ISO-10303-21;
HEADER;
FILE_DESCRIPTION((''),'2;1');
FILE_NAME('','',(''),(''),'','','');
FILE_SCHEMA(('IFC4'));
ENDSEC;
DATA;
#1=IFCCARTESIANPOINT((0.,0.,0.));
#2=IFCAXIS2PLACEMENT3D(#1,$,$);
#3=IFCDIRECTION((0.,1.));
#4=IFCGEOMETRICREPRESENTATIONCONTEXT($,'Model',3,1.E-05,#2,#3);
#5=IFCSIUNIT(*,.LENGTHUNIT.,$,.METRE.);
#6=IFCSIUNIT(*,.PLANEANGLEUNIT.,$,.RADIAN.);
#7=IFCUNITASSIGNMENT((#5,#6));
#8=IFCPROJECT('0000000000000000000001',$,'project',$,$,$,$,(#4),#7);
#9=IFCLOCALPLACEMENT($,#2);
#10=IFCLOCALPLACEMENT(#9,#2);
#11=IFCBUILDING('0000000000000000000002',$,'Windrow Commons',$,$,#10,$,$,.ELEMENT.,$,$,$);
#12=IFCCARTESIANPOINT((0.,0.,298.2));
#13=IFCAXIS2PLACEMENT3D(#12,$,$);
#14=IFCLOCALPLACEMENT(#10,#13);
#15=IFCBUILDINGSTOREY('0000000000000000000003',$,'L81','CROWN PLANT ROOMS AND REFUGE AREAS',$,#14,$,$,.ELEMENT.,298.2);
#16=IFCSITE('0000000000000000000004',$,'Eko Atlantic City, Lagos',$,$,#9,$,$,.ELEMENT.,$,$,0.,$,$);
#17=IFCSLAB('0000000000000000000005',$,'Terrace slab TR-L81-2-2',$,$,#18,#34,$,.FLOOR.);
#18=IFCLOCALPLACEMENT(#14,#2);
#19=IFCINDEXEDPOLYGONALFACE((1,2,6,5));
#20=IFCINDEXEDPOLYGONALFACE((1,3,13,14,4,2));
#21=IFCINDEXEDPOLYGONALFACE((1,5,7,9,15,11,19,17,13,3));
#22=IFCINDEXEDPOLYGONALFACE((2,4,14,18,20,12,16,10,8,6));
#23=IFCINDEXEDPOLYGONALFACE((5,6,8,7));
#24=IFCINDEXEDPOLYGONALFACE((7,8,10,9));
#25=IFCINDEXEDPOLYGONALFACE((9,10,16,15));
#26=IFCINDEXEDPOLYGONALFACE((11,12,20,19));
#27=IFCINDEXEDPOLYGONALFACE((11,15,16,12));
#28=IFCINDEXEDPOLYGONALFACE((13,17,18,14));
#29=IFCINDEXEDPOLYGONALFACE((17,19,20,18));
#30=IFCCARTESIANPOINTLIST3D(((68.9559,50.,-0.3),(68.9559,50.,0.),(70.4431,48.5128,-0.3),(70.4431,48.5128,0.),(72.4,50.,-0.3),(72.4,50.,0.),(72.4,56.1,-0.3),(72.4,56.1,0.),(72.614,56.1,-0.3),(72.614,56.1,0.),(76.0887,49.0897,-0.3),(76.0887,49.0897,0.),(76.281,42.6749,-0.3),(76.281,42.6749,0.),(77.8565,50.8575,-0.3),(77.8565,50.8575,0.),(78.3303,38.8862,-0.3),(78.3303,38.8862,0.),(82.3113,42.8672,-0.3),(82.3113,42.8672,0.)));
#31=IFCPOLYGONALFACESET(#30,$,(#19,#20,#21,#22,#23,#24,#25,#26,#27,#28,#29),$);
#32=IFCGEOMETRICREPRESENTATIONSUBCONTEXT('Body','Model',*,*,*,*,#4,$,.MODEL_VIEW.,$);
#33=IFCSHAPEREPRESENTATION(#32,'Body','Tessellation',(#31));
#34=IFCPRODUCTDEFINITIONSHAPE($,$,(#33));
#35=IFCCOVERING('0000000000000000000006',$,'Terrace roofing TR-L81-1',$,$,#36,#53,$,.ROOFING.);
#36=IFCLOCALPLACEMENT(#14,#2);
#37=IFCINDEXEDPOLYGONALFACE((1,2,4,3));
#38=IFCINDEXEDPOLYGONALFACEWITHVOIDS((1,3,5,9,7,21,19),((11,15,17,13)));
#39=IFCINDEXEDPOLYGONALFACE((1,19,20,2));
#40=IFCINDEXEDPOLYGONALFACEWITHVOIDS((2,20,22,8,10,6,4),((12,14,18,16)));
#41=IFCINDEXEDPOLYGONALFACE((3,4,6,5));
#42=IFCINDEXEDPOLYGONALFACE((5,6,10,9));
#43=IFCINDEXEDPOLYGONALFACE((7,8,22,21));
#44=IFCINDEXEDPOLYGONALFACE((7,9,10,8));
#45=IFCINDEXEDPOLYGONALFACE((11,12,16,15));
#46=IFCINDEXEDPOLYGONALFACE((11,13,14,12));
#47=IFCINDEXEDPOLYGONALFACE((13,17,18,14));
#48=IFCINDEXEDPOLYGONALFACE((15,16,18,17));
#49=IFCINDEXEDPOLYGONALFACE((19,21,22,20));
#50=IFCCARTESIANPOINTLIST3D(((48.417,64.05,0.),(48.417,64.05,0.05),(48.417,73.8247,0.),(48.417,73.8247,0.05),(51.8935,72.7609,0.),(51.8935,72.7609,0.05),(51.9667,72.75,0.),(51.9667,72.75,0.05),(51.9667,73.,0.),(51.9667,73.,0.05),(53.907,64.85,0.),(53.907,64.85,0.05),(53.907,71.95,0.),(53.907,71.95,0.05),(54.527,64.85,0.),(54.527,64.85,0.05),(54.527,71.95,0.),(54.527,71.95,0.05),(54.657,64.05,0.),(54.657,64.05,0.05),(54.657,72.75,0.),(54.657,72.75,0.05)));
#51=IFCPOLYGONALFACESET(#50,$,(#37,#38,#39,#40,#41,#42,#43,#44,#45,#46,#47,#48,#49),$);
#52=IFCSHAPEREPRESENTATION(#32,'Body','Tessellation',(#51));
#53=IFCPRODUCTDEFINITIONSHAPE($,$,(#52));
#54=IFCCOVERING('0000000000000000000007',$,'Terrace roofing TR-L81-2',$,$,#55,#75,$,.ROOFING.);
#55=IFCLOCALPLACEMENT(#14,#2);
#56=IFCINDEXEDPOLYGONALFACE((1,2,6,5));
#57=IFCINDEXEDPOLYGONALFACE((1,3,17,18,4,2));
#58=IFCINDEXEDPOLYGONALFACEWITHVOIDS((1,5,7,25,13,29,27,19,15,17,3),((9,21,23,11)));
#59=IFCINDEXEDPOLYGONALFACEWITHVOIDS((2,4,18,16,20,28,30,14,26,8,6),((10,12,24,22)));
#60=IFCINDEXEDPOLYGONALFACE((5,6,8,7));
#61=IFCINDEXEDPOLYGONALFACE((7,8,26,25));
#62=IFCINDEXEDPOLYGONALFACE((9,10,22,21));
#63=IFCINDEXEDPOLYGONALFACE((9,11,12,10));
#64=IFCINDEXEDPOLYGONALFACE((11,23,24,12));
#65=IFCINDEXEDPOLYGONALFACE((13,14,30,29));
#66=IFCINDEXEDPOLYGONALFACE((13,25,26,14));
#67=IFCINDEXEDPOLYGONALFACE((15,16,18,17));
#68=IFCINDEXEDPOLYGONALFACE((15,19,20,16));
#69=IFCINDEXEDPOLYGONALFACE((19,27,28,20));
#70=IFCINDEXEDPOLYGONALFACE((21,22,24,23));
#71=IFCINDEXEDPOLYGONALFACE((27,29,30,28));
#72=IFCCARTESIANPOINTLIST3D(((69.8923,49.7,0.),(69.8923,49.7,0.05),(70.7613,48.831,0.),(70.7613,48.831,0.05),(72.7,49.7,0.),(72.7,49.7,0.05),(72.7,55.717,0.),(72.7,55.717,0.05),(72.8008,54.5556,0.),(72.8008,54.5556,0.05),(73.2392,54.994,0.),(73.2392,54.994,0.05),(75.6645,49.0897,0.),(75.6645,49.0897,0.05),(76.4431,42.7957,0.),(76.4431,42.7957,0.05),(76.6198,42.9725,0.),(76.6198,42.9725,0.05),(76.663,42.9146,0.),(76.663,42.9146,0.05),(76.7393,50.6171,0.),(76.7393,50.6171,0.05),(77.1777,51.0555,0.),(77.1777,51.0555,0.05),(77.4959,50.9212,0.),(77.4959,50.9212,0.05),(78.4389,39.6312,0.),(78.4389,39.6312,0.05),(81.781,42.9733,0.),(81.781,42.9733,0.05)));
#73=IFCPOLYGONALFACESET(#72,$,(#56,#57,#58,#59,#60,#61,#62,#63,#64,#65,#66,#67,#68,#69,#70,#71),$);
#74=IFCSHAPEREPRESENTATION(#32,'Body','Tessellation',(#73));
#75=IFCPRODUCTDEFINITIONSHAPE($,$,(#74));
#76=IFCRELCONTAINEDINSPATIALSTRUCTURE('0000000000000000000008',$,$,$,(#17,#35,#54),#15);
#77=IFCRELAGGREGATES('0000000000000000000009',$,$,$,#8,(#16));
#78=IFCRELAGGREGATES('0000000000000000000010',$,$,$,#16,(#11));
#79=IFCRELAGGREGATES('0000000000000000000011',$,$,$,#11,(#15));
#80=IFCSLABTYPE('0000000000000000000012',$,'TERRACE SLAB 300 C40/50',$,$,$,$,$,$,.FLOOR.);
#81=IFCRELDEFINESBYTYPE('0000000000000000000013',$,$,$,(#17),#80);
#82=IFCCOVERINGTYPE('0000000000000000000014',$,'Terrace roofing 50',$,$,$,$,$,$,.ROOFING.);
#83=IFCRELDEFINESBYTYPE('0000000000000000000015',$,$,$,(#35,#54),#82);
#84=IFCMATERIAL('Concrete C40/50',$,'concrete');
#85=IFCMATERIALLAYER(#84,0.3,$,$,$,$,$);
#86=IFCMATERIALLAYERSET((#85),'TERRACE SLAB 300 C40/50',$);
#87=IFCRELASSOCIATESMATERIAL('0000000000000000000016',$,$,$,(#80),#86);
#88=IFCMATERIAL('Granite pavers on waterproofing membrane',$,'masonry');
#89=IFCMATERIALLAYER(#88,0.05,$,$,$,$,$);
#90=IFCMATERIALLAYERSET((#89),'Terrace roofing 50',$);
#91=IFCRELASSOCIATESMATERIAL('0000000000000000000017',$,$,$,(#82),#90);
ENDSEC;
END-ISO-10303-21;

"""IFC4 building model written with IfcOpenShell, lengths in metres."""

from ifc_helpers import new_model, si_unit, direction, frame, origin, place, context, subcontext, project, spatial, polyline, outline, extrude, material, layer, layer_set, type_object, element, save


model = new_model("IFC4")

# Units and contexts
model_context = context("Model", 3, precision=1e-05, world=origin(), true_north=direction((0.0, 1.0)))
body_context = subcontext(model_context, "Body", "Model", "MODEL_VIEW")
ifc_project = project(units=[si_unit("LENGTHUNIT", "METRE"), si_unit("PLANEANGLEUNIT", "RADIAN")], contexts=[model_context])

# Site, building, storey
site_placement = place(None, origin())
site = spatial("IfcSite", under=ifc_project, at=site_placement, Name="Eko Atlantic City, Lagos", CompositionType="ELEMENT", RefElevation=0.0)
building_placement = place(site_placement, origin())
building = spatial("IfcBuilding", under=site, at=building_placement, Name="Windrow Commons", CompositionType="ELEMENT")
storey_placement = place(building_placement, frame((0.0, 0.0, 298.2)))
storey = spatial("IfcBuildingStorey", under=building, at=storey_placement, Name="L81", Description="CROWN PLANT ROOMS AND REFUGE AREAS", CompositionType="ELEMENT", Elevation=298.2)

# Shared definitions
placement_1 = place(storey_placement, frame((0.0, 0.0, -0.3)))

# Shared definitions
placement_2 = place(storey_placement, origin())

# Slab
ifc_material_1 = material(Name="Concrete C40/50", Category="concrete")
ifc_layer_1 = layer(ifc_material_1, 0.3)
ifc_layer_set_1 = layer_set([ifc_layer_1], Name="TERRACE SLAB 300 C40/50")
slab_type_1 = type_object("IfcSlabType", Name="TERRACE SLAB 300 C40/50", PredefinedType="FLOOR", material=ifc_layer_set_1)
element("IfcSlab", 1, at=placement_1, inside=storey, type_object=slab_type_1, Name="Terrace slab TR-L81-2-2", PredefinedType="FLOOR", context=body_context, shape_type="SweptSolid", body=[
    extrude(outline(polyline([(76.281, 42.6749), (78.3303, 38.8862), (82.3113, 42.8672), (76.0887, 49.0897), (77.8565, 50.8575), (72.614, 56.1), (72.4, 56.1), (72.4, 50.0), (68.9559, 50.0), (70.4431, 48.5128), (76.281, 42.6749)])), origin(), (0.0, 0.0, 1.0), 0.3),
])

# Coverings
ifc_material_2 = material(Name="Granite pavers on waterproofing membrane", Category="masonry")
ifc_layer_2 = layer(ifc_material_2, 0.05)
ifc_layer_set_2 = layer_set([ifc_layer_2], Name="Terrace roofing 50")
covering_type = type_object("IfcCoveringType", Name="Terrace roofing 50", PredefinedType="ROOFING", material=ifc_layer_set_2)
element("IfcCovering", 2, at=placement_2, inside=storey, type_object=covering_type, Name="Terrace roofing TR-L81-1", PredefinedType="ROOFING", context=body_context, shape_type="SweptSolid", body=[
    extrude(outline(polyline([(54.657, 72.75), (54.657, 64.05), (48.417, 64.05), (48.417, 73.8247), (51.8935, 72.7609), (51.9667, 73.0), (51.9667, 72.75), (54.657, 72.75)]), holes=[polyline([(54.527, 71.95), (53.907, 71.95), (53.907, 64.85), (54.527, 64.85), (54.527, 71.95)])]), origin(), (0.0, 0.0, 1.0), 0.05),
])
element("IfcCovering", 3, at=placement_2, inside=storey, type_object=covering_type, Name="Terrace roofing TR-L81-2", PredefinedType="ROOFING", context=body_context, shape_type="SweptSolid", body=[
    extrude(outline(polyline([(77.4959, 50.9212), (75.6645, 49.0897), (81.781, 42.9733), (78.4389, 39.6312), (76.663, 42.9146), (76.4431, 42.7957), (76.6198, 42.9725), (70.7613, 48.831), (70.5845, 48.6542), (70.7613, 48.831), (69.8923, 49.7), (72.7, 49.7), (72.7, 55.717), (77.4959, 50.9212)]), holes=[polyline([(73.2392, 54.994), (72.8008, 54.5556), (76.7393, 50.6171), (77.1777, 51.0555), (73.2392, 54.994)])]), origin(), (0.0, 0.0, 1.0), 0.05),
])

save(model, "model.ifc")
